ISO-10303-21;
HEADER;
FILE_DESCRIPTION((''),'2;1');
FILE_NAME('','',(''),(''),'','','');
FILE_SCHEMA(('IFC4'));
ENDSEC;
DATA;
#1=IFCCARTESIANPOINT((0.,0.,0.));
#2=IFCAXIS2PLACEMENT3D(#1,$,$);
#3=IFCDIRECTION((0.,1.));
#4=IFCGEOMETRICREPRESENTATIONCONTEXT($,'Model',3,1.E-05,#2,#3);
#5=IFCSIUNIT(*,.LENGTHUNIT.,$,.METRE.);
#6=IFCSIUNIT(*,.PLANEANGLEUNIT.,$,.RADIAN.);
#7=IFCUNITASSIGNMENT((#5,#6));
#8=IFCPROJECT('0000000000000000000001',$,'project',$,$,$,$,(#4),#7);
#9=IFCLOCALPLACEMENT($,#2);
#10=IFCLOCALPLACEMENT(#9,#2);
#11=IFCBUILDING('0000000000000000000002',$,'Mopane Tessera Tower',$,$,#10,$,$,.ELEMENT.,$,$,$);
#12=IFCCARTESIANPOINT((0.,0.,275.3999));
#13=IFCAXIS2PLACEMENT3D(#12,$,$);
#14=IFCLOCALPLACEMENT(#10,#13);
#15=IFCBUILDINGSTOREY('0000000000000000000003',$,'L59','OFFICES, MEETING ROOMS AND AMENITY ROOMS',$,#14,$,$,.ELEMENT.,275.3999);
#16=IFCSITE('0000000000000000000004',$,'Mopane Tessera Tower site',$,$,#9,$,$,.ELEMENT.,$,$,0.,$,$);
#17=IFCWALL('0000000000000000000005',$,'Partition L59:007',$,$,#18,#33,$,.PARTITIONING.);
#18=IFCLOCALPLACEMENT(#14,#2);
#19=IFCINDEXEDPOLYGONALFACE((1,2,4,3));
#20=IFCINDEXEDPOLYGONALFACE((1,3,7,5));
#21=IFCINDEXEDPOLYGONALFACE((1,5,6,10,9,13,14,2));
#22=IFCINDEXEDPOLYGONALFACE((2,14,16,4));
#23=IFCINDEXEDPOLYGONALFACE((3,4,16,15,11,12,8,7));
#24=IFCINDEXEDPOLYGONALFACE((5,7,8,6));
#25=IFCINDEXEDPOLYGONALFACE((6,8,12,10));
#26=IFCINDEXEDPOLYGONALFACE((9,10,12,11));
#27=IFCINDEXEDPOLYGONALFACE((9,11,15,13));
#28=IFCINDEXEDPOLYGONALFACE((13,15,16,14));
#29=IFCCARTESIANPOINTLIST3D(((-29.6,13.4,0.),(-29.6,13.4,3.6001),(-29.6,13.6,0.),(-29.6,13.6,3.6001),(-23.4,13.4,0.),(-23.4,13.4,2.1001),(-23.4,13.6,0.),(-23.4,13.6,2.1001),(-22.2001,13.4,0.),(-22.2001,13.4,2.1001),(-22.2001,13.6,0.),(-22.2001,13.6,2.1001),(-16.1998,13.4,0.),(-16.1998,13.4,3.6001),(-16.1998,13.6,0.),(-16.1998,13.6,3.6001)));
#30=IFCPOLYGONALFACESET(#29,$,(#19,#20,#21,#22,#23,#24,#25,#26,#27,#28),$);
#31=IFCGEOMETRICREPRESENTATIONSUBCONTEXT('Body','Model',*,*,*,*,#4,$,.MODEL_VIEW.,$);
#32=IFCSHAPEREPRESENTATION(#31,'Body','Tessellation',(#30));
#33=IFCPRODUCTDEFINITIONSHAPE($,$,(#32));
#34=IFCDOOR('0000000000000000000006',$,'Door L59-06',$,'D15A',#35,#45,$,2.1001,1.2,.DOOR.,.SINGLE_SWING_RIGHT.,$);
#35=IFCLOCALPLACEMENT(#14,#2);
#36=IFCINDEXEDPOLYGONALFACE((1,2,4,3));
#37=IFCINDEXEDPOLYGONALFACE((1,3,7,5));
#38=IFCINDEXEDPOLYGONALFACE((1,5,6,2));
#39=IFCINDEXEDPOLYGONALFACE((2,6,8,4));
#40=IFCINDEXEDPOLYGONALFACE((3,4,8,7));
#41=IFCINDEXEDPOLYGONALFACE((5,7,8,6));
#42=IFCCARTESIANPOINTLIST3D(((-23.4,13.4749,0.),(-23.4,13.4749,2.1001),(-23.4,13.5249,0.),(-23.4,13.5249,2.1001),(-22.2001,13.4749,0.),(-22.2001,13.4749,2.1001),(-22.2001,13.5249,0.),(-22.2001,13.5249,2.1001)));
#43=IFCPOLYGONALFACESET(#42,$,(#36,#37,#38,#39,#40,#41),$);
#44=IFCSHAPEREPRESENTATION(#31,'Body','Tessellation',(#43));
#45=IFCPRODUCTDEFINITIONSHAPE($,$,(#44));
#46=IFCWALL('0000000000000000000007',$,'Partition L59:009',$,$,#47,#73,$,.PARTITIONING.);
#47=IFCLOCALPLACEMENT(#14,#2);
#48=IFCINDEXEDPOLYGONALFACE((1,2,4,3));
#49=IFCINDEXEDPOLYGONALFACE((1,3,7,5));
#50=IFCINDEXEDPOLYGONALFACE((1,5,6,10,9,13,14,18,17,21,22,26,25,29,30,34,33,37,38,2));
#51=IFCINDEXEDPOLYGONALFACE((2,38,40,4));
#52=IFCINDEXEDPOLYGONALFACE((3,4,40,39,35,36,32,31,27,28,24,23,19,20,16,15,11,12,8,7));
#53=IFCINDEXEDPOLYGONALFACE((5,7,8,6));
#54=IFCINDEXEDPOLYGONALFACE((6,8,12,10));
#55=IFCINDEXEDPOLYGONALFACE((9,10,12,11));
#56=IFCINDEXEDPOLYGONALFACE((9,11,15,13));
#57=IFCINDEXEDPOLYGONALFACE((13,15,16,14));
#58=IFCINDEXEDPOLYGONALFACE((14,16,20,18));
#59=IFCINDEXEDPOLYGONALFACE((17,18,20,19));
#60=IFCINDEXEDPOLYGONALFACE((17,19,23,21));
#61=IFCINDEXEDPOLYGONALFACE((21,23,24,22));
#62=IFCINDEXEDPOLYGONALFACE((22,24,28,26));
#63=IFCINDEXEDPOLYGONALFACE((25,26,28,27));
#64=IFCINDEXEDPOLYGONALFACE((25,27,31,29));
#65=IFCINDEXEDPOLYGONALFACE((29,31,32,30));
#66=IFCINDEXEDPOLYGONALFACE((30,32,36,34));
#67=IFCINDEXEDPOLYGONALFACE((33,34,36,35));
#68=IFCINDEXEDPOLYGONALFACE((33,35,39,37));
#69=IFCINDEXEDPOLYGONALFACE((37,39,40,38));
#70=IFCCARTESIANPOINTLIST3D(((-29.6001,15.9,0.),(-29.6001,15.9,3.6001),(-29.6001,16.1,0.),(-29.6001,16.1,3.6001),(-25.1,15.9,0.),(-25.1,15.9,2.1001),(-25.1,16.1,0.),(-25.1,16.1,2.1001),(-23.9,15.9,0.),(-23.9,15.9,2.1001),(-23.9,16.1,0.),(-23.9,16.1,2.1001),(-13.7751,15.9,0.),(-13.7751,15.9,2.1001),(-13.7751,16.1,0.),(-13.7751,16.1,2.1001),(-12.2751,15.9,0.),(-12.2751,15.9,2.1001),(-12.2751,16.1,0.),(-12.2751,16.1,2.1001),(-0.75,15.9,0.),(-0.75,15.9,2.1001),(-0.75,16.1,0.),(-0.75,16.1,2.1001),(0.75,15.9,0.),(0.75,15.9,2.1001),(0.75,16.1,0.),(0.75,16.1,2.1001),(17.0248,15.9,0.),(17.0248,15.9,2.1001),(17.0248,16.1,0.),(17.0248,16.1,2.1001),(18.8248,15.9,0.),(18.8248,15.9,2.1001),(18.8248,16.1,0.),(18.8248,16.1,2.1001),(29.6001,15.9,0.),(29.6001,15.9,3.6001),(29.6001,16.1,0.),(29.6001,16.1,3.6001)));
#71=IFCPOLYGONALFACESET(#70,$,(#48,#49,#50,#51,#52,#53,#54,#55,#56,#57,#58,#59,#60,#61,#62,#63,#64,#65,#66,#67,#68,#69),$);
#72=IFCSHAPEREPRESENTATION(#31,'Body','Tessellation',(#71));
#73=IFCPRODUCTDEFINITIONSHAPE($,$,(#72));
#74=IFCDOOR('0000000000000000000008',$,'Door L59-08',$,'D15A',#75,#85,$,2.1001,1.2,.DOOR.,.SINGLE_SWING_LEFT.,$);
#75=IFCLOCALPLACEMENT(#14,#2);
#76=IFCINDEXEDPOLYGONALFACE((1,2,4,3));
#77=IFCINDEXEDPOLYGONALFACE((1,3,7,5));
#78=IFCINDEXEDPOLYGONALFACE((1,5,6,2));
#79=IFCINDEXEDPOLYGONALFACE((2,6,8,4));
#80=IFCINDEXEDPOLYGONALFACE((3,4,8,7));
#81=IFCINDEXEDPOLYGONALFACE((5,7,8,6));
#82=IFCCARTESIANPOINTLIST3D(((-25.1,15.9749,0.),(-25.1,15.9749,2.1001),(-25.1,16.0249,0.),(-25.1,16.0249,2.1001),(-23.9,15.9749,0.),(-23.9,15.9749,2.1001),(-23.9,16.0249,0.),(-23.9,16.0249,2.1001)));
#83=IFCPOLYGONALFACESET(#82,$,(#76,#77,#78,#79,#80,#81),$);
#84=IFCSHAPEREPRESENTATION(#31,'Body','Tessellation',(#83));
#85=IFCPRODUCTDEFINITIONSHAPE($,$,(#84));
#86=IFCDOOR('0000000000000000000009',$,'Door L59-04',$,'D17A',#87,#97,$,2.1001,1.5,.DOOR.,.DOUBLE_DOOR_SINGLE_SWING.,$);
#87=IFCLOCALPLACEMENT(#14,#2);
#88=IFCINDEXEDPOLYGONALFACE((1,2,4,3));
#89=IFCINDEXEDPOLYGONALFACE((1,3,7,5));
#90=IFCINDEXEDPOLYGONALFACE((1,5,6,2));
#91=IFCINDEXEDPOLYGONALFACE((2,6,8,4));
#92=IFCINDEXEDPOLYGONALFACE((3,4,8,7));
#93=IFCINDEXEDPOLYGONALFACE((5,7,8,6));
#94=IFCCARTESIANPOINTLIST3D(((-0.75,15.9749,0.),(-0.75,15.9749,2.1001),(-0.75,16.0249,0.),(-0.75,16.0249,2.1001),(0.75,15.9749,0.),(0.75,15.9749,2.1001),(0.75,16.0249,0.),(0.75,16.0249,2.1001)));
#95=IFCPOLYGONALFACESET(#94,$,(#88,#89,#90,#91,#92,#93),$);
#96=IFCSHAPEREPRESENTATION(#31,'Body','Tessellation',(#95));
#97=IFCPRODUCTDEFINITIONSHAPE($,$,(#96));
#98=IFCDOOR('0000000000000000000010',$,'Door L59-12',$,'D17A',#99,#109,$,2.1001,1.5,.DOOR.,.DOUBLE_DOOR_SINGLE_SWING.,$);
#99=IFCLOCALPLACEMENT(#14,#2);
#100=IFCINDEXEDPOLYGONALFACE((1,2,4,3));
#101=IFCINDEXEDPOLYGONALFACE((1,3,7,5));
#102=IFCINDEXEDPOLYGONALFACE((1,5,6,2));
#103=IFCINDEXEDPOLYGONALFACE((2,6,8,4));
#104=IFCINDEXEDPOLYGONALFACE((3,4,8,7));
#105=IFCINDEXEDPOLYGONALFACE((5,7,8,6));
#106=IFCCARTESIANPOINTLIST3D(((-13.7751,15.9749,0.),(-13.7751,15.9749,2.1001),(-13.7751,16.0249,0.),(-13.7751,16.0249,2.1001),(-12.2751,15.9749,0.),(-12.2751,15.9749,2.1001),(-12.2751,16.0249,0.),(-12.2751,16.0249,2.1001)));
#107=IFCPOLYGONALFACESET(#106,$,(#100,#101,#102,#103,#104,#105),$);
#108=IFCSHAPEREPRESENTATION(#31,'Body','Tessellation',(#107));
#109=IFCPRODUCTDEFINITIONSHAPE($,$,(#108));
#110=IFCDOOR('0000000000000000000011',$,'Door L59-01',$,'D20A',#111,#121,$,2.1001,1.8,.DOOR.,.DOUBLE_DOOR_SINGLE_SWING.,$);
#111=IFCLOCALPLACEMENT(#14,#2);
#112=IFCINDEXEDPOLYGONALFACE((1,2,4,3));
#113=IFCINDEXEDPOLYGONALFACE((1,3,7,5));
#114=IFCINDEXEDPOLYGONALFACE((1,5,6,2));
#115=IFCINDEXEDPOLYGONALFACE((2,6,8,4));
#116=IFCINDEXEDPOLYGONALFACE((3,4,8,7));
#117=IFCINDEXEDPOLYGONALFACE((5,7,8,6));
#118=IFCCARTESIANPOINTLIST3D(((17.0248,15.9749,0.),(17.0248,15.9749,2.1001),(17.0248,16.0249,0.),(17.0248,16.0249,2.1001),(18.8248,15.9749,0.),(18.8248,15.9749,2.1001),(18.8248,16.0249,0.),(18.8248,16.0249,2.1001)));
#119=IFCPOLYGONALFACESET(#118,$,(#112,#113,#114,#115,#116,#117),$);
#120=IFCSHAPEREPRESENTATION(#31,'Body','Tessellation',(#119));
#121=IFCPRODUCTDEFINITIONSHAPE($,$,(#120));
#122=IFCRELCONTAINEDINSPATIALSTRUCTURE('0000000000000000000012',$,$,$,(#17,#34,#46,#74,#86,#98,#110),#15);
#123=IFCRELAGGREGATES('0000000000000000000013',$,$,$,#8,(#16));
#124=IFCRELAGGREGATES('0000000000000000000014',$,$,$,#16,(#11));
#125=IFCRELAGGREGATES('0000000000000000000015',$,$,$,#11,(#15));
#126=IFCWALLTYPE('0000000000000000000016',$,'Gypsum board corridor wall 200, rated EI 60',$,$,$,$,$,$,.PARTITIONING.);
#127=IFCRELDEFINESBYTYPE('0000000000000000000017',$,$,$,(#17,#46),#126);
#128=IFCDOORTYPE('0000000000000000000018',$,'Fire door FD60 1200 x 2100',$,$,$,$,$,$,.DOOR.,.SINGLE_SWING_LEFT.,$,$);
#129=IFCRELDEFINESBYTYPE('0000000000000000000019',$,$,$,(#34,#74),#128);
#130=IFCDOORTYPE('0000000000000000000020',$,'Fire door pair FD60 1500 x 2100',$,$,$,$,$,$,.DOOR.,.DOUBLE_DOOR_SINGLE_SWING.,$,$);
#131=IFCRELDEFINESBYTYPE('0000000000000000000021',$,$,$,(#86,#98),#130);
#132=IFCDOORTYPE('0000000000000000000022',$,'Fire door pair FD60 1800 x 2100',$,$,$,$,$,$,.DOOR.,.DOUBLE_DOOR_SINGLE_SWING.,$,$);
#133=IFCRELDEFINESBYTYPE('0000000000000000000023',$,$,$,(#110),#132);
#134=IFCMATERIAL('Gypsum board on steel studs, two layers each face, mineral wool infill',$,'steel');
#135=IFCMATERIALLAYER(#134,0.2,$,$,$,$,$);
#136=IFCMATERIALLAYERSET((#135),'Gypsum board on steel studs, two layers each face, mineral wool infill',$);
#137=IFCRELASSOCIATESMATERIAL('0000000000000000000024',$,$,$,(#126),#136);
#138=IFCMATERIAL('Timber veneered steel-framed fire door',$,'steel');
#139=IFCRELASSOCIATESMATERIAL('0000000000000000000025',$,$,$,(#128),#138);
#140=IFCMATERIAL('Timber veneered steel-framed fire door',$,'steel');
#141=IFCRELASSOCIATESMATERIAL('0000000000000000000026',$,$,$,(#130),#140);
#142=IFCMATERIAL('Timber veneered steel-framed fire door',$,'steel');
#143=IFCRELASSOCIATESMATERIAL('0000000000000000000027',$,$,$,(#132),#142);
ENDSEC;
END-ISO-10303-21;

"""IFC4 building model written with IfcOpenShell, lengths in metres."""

from ifc_helpers import new_model, si_unit, direction, frame, frame_2d, origin, place, context, subcontext, project, spatial, rectangle, extrude, material, layer, layer_set, type_object, element, fill, save


model = new_model("IFC4")

# Units and contexts
model_context = context("Model", 3, precision=1e-05, world=origin(), true_north=direction((0.0, 1.0)))
body_context = subcontext(model_context, "Body", "Model", "MODEL_VIEW")
ifc_project = project(units=[si_unit("LENGTHUNIT", "METRE"), si_unit("PLANEANGLEUNIT", "RADIAN")], contexts=[model_context])

# Site, building, storey
site_placement = place(None, origin())
site = spatial("IfcSite", under=ifc_project, at=site_placement, Name="Mopane Tessera Tower site", CompositionType="ELEMENT", RefElevation=0.0)
building_placement = place(site_placement, origin())
building = spatial("IfcBuilding", under=site, at=building_placement, Name="Mopane Tessera Tower", CompositionType="ELEMENT")
storey_placement = place(building_placement, frame((0.0, 0.0, 275.3999)))
storey = spatial("IfcBuildingStorey", under=building, at=storey_placement, Name="L59", Description="OFFICES, MEETING ROOMS AND AMENITY ROOMS", CompositionType="ELEMENT", Elevation=275.3999)

# Wall, opening, door
ifc_material_1 = material(Name="Gypsum board on steel studs, two layers each face, mineral wool infill", Category="steel")
ifc_layer_1 = layer(ifc_material_1, 0.2)
ifc_layer_set_1 = layer_set([ifc_layer_1], Name="Gypsum board on steel studs, two layers each face, mineral wool infill")
wall_type_1 = type_object("IfcWallType", Name="Gypsum board corridor wall 200, rated EI 60", PredefinedType="PARTITIONING", material=ifc_layer_set_1)
wall_1_placement = place(storey_placement, frame((-29.6001, 13.5, 0.0), z_axis=(0.0, 0.0, 1.0), x_axis=(1.0, 0.0, 0.0)))
wall_1 = element("IfcWall", 1, at=wall_1_placement, inside=storey, type_object=wall_type_1, Name="Partition L59:007", PredefinedType="PARTITIONING", context=body_context, shape_type="SweptSolid", body=[
    extrude(rectangle(XDim=13.4001, YDim=0.2, at=frame_2d((6.7002, 0.0))), origin(), (0.0, 0.0, 1.0), 3.6001),
])
opening_1_placement = place(wall_1_placement, frame((6.2, 0.0, 0.0)))
opening_1 = element("IfcOpeningElement", 2, at=opening_1_placement, cuts=wall_1, PredefinedType="OPENING", context=body_context, shape_type="SweptSolid", body=[
    extrude(rectangle(XDim=1.2, YDim=2.1001, at=frame_2d((0.6001, 1.05))), frame((0.0, 0.1121, 0.0), z_axis=(0.0, -1.0, 0.0), x_axis=(1.0, 0.0, 0.0)), (0.0, 0.0, 1.0), 0.2239),
])
ifc_material_2 = material(Name="Timber veneered steel-framed fire door", Category="steel")
door_type_1 = type_object("IfcDoorType", Name="Fire door FD60 1200 x 2100", OperationType="SINGLE_SWING_LEFT", PredefinedType="DOOR", material=ifc_material_2)
door_1_placement = place(opening_1_placement, origin())
door_1 = element("IfcDoor", 3, at=door_1_placement, inside=storey, type_object=door_type_1, Name="Door L59-06", ObjectType="D15A", OperationType="SINGLE_SWING_RIGHT", OverallHeight=2.1001, OverallWidth=1.2, PredefinedType="DOOR", context=body_context, shape_type="SweptSolid", body=[
    extrude(rectangle(XDim=1.2, YDim=2.1001, at=frame_2d((0.6001, 1.05))), frame((0.0, 0.0249, 0.0), z_axis=(0.0, -1.0, 0.0), x_axis=(1.0, 0.0, 0.0)), (0.0, 0.0, 1.0), 0.05),
])
fill(opening_1, door_1)

# Wall, openings, doors
wall_2_placement = place(storey_placement, frame((-29.6001, 16.0, 0.0), z_axis=(0.0, 0.0, 1.0), x_axis=(1.0, 0.0, 0.0)))
wall_2 = element("IfcWall", 4, at=wall_2_placement, inside=storey, type_object=wall_type_1, Name="Partition L59:009", PredefinedType="PARTITIONING", context=body_context, shape_type="SweptSolid", body=[
    extrude(rectangle(XDim=59.2002, YDim=0.2, at=frame_2d((29.6001, 0.0))), origin(), (0.0, 0.0, 1.0), 3.6001),
])
opening_2_placement = place(wall_2_placement, frame((46.625, 0.0, 0.0)))
opening_2 = element("IfcOpeningElement", 5, at=opening_2_placement, cuts=wall_2, PredefinedType="OPENING", context=body_context, shape_type="SweptSolid", body=[
    extrude(rectangle(XDim=1.8, YDim=2.1001, at=frame_2d((0.8999, 1.05))), frame((0.0, 0.1121, 0.0), z_axis=(0.0, -1.0, 0.0), x_axis=(1.0, 0.0, 0.0)), (0.0, 0.0, 1.0), 0.2239),
])
opening_3_placement = place(wall_2_placement, frame((28.8501, 0.0, 0.0)))
opening_3 = element("IfcOpeningElement", 6, at=opening_3_placement, cuts=wall_2, PredefinedType="OPENING", context=body_context, shape_type="SweptSolid", body=[
    extrude(rectangle(XDim=1.5, YDim=2.1001, at=frame_2d((0.75, 1.05))), frame((0.0, 0.1121, 0.0), z_axis=(0.0, -1.0, 0.0), x_axis=(1.0, 0.0, 0.0)), (0.0, 0.0, 1.0), 0.2239),
])
opening_4_placement = place(wall_2_placement, frame((4.5, 0.0, 0.0)))
opening_4 = element("IfcOpeningElement", 7, at=opening_4_placement, cuts=wall_2, PredefinedType="OPENING", context=body_context, shape_type="SweptSolid", body=[
    extrude(rectangle(XDim=1.2, YDim=2.1001, at=frame_2d((0.6001, 1.05))), frame((0.0, 0.1121, 0.0), z_axis=(0.0, -1.0, 0.0), x_axis=(1.0, 0.0, 0.0)), (0.0, 0.0, 1.0), 0.2239),
])
opening_5_placement = place(wall_2_placement, frame((15.825, 0.0, 0.0)))
opening_5 = element("IfcOpeningElement", 8, at=opening_5_placement, cuts=wall_2, PredefinedType="OPENING", context=body_context, shape_type="SweptSolid", body=[
    extrude(rectangle(XDim=1.5, YDim=2.1001, at=frame_2d((0.75, 1.05))), frame((0.0, 0.1121, 0.0), z_axis=(0.0, -1.0, 0.0), x_axis=(1.0, 0.0, 0.0)), (0.0, 0.0, 1.0), 0.2239),
])
door_2_placement = place(opening_4_placement, origin())
door_2 = element("IfcDoor", 9, at=door_2_placement, inside=storey, type_object=door_type_1, Name="Door L59-08", ObjectType="D15A", OperationType="SINGLE_SWING_LEFT", OverallHeight=2.1001, OverallWidth=1.2, PredefinedType="DOOR", context=body_context, shape_type="SweptSolid", body=[
    extrude(rectangle(XDim=1.2, YDim=2.1001, at=frame_2d((0.6001, 1.05))), frame((0.0, 0.0249, 0.0), z_axis=(0.0, -1.0, 0.0), x_axis=(1.0, 0.0, 0.0)), (0.0, 0.0, 1.0), 0.05),
])
fill(opening_4, door_2)
ifc_material_3 = material(Name="Timber veneered steel-framed fire door", Category="steel")
door_type_2 = type_object("IfcDoorType", Name="Fire door pair FD60 1500 x 2100", OperationType="DOUBLE_DOOR_SINGLE_SWING", PredefinedType="DOOR", material=ifc_material_3)
door_3_placement = place(opening_3_placement, origin())
door_3 = element("IfcDoor", 10, at=door_3_placement, inside=storey, type_object=door_type_2, Name="Door L59-04", ObjectType="D17A", OperationType="DOUBLE_DOOR_SINGLE_SWING", OverallHeight=2.1001, OverallWidth=1.5, PredefinedType="DOOR", context=body_context, shape_type="SweptSolid", body=[
    extrude(rectangle(XDim=1.5, YDim=2.1001, at=frame_2d((0.75, 1.05))), frame((0.0, 0.0249, 0.0), z_axis=(0.0, -1.0, 0.0), x_axis=(1.0, 0.0, 0.0)), (0.0, 0.0, 1.0), 0.05),
])
fill(opening_3, door_3)
door_4_placement = place(opening_5_placement, origin())
door_4 = element("IfcDoor", 11, at=door_4_placement, inside=storey, type_object=door_type_2, Name="Door L59-12", ObjectType="D17A", OperationType="DOUBLE_DOOR_SINGLE_SWING", OverallHeight=2.1001, OverallWidth=1.5, PredefinedType="DOOR", context=body_context, shape_type="SweptSolid", body=[
    extrude(rectangle(XDim=1.5, YDim=2.1001, at=frame_2d((0.75, 1.05))), frame((0.0, 0.0249, 0.0), z_axis=(0.0, -1.0, 0.0), x_axis=(1.0, 0.0, 0.0)), (0.0, 0.0, 1.0), 0.05),
])
fill(opening_5, door_4)
ifc_material_4 = material(Name="Timber veneered steel-framed fire door", Category="steel")
door_type_3 = type_object("IfcDoorType", Name="Fire door pair FD60 1800 x 2100", OperationType="DOUBLE_DOOR_SINGLE_SWING", PredefinedType="DOOR", material=ifc_material_4)
door_5_placement = place(opening_2_placement, origin())
door_5 = element("IfcDoor", 12, at=door_5_placement, inside=storey, type_object=door_type_3, Name="Door L59-01", ObjectType="D20A", OperationType="DOUBLE_DOOR_SINGLE_SWING", OverallHeight=2.1001, OverallWidth=1.8, PredefinedType="DOOR", context=body_context, shape_type="SweptSolid", body=[
    extrude(rectangle(XDim=1.8, YDim=2.1001, at=frame_2d((0.8999, 1.05))), frame((0.0, 0.0249, 0.0), z_axis=(0.0, -1.0, 0.0), x_axis=(1.0, 0.0, 0.0)), (0.0, 0.0, 1.0), 0.05),
])
fill(opening_2, door_5)

save(model, "model.ifc")
